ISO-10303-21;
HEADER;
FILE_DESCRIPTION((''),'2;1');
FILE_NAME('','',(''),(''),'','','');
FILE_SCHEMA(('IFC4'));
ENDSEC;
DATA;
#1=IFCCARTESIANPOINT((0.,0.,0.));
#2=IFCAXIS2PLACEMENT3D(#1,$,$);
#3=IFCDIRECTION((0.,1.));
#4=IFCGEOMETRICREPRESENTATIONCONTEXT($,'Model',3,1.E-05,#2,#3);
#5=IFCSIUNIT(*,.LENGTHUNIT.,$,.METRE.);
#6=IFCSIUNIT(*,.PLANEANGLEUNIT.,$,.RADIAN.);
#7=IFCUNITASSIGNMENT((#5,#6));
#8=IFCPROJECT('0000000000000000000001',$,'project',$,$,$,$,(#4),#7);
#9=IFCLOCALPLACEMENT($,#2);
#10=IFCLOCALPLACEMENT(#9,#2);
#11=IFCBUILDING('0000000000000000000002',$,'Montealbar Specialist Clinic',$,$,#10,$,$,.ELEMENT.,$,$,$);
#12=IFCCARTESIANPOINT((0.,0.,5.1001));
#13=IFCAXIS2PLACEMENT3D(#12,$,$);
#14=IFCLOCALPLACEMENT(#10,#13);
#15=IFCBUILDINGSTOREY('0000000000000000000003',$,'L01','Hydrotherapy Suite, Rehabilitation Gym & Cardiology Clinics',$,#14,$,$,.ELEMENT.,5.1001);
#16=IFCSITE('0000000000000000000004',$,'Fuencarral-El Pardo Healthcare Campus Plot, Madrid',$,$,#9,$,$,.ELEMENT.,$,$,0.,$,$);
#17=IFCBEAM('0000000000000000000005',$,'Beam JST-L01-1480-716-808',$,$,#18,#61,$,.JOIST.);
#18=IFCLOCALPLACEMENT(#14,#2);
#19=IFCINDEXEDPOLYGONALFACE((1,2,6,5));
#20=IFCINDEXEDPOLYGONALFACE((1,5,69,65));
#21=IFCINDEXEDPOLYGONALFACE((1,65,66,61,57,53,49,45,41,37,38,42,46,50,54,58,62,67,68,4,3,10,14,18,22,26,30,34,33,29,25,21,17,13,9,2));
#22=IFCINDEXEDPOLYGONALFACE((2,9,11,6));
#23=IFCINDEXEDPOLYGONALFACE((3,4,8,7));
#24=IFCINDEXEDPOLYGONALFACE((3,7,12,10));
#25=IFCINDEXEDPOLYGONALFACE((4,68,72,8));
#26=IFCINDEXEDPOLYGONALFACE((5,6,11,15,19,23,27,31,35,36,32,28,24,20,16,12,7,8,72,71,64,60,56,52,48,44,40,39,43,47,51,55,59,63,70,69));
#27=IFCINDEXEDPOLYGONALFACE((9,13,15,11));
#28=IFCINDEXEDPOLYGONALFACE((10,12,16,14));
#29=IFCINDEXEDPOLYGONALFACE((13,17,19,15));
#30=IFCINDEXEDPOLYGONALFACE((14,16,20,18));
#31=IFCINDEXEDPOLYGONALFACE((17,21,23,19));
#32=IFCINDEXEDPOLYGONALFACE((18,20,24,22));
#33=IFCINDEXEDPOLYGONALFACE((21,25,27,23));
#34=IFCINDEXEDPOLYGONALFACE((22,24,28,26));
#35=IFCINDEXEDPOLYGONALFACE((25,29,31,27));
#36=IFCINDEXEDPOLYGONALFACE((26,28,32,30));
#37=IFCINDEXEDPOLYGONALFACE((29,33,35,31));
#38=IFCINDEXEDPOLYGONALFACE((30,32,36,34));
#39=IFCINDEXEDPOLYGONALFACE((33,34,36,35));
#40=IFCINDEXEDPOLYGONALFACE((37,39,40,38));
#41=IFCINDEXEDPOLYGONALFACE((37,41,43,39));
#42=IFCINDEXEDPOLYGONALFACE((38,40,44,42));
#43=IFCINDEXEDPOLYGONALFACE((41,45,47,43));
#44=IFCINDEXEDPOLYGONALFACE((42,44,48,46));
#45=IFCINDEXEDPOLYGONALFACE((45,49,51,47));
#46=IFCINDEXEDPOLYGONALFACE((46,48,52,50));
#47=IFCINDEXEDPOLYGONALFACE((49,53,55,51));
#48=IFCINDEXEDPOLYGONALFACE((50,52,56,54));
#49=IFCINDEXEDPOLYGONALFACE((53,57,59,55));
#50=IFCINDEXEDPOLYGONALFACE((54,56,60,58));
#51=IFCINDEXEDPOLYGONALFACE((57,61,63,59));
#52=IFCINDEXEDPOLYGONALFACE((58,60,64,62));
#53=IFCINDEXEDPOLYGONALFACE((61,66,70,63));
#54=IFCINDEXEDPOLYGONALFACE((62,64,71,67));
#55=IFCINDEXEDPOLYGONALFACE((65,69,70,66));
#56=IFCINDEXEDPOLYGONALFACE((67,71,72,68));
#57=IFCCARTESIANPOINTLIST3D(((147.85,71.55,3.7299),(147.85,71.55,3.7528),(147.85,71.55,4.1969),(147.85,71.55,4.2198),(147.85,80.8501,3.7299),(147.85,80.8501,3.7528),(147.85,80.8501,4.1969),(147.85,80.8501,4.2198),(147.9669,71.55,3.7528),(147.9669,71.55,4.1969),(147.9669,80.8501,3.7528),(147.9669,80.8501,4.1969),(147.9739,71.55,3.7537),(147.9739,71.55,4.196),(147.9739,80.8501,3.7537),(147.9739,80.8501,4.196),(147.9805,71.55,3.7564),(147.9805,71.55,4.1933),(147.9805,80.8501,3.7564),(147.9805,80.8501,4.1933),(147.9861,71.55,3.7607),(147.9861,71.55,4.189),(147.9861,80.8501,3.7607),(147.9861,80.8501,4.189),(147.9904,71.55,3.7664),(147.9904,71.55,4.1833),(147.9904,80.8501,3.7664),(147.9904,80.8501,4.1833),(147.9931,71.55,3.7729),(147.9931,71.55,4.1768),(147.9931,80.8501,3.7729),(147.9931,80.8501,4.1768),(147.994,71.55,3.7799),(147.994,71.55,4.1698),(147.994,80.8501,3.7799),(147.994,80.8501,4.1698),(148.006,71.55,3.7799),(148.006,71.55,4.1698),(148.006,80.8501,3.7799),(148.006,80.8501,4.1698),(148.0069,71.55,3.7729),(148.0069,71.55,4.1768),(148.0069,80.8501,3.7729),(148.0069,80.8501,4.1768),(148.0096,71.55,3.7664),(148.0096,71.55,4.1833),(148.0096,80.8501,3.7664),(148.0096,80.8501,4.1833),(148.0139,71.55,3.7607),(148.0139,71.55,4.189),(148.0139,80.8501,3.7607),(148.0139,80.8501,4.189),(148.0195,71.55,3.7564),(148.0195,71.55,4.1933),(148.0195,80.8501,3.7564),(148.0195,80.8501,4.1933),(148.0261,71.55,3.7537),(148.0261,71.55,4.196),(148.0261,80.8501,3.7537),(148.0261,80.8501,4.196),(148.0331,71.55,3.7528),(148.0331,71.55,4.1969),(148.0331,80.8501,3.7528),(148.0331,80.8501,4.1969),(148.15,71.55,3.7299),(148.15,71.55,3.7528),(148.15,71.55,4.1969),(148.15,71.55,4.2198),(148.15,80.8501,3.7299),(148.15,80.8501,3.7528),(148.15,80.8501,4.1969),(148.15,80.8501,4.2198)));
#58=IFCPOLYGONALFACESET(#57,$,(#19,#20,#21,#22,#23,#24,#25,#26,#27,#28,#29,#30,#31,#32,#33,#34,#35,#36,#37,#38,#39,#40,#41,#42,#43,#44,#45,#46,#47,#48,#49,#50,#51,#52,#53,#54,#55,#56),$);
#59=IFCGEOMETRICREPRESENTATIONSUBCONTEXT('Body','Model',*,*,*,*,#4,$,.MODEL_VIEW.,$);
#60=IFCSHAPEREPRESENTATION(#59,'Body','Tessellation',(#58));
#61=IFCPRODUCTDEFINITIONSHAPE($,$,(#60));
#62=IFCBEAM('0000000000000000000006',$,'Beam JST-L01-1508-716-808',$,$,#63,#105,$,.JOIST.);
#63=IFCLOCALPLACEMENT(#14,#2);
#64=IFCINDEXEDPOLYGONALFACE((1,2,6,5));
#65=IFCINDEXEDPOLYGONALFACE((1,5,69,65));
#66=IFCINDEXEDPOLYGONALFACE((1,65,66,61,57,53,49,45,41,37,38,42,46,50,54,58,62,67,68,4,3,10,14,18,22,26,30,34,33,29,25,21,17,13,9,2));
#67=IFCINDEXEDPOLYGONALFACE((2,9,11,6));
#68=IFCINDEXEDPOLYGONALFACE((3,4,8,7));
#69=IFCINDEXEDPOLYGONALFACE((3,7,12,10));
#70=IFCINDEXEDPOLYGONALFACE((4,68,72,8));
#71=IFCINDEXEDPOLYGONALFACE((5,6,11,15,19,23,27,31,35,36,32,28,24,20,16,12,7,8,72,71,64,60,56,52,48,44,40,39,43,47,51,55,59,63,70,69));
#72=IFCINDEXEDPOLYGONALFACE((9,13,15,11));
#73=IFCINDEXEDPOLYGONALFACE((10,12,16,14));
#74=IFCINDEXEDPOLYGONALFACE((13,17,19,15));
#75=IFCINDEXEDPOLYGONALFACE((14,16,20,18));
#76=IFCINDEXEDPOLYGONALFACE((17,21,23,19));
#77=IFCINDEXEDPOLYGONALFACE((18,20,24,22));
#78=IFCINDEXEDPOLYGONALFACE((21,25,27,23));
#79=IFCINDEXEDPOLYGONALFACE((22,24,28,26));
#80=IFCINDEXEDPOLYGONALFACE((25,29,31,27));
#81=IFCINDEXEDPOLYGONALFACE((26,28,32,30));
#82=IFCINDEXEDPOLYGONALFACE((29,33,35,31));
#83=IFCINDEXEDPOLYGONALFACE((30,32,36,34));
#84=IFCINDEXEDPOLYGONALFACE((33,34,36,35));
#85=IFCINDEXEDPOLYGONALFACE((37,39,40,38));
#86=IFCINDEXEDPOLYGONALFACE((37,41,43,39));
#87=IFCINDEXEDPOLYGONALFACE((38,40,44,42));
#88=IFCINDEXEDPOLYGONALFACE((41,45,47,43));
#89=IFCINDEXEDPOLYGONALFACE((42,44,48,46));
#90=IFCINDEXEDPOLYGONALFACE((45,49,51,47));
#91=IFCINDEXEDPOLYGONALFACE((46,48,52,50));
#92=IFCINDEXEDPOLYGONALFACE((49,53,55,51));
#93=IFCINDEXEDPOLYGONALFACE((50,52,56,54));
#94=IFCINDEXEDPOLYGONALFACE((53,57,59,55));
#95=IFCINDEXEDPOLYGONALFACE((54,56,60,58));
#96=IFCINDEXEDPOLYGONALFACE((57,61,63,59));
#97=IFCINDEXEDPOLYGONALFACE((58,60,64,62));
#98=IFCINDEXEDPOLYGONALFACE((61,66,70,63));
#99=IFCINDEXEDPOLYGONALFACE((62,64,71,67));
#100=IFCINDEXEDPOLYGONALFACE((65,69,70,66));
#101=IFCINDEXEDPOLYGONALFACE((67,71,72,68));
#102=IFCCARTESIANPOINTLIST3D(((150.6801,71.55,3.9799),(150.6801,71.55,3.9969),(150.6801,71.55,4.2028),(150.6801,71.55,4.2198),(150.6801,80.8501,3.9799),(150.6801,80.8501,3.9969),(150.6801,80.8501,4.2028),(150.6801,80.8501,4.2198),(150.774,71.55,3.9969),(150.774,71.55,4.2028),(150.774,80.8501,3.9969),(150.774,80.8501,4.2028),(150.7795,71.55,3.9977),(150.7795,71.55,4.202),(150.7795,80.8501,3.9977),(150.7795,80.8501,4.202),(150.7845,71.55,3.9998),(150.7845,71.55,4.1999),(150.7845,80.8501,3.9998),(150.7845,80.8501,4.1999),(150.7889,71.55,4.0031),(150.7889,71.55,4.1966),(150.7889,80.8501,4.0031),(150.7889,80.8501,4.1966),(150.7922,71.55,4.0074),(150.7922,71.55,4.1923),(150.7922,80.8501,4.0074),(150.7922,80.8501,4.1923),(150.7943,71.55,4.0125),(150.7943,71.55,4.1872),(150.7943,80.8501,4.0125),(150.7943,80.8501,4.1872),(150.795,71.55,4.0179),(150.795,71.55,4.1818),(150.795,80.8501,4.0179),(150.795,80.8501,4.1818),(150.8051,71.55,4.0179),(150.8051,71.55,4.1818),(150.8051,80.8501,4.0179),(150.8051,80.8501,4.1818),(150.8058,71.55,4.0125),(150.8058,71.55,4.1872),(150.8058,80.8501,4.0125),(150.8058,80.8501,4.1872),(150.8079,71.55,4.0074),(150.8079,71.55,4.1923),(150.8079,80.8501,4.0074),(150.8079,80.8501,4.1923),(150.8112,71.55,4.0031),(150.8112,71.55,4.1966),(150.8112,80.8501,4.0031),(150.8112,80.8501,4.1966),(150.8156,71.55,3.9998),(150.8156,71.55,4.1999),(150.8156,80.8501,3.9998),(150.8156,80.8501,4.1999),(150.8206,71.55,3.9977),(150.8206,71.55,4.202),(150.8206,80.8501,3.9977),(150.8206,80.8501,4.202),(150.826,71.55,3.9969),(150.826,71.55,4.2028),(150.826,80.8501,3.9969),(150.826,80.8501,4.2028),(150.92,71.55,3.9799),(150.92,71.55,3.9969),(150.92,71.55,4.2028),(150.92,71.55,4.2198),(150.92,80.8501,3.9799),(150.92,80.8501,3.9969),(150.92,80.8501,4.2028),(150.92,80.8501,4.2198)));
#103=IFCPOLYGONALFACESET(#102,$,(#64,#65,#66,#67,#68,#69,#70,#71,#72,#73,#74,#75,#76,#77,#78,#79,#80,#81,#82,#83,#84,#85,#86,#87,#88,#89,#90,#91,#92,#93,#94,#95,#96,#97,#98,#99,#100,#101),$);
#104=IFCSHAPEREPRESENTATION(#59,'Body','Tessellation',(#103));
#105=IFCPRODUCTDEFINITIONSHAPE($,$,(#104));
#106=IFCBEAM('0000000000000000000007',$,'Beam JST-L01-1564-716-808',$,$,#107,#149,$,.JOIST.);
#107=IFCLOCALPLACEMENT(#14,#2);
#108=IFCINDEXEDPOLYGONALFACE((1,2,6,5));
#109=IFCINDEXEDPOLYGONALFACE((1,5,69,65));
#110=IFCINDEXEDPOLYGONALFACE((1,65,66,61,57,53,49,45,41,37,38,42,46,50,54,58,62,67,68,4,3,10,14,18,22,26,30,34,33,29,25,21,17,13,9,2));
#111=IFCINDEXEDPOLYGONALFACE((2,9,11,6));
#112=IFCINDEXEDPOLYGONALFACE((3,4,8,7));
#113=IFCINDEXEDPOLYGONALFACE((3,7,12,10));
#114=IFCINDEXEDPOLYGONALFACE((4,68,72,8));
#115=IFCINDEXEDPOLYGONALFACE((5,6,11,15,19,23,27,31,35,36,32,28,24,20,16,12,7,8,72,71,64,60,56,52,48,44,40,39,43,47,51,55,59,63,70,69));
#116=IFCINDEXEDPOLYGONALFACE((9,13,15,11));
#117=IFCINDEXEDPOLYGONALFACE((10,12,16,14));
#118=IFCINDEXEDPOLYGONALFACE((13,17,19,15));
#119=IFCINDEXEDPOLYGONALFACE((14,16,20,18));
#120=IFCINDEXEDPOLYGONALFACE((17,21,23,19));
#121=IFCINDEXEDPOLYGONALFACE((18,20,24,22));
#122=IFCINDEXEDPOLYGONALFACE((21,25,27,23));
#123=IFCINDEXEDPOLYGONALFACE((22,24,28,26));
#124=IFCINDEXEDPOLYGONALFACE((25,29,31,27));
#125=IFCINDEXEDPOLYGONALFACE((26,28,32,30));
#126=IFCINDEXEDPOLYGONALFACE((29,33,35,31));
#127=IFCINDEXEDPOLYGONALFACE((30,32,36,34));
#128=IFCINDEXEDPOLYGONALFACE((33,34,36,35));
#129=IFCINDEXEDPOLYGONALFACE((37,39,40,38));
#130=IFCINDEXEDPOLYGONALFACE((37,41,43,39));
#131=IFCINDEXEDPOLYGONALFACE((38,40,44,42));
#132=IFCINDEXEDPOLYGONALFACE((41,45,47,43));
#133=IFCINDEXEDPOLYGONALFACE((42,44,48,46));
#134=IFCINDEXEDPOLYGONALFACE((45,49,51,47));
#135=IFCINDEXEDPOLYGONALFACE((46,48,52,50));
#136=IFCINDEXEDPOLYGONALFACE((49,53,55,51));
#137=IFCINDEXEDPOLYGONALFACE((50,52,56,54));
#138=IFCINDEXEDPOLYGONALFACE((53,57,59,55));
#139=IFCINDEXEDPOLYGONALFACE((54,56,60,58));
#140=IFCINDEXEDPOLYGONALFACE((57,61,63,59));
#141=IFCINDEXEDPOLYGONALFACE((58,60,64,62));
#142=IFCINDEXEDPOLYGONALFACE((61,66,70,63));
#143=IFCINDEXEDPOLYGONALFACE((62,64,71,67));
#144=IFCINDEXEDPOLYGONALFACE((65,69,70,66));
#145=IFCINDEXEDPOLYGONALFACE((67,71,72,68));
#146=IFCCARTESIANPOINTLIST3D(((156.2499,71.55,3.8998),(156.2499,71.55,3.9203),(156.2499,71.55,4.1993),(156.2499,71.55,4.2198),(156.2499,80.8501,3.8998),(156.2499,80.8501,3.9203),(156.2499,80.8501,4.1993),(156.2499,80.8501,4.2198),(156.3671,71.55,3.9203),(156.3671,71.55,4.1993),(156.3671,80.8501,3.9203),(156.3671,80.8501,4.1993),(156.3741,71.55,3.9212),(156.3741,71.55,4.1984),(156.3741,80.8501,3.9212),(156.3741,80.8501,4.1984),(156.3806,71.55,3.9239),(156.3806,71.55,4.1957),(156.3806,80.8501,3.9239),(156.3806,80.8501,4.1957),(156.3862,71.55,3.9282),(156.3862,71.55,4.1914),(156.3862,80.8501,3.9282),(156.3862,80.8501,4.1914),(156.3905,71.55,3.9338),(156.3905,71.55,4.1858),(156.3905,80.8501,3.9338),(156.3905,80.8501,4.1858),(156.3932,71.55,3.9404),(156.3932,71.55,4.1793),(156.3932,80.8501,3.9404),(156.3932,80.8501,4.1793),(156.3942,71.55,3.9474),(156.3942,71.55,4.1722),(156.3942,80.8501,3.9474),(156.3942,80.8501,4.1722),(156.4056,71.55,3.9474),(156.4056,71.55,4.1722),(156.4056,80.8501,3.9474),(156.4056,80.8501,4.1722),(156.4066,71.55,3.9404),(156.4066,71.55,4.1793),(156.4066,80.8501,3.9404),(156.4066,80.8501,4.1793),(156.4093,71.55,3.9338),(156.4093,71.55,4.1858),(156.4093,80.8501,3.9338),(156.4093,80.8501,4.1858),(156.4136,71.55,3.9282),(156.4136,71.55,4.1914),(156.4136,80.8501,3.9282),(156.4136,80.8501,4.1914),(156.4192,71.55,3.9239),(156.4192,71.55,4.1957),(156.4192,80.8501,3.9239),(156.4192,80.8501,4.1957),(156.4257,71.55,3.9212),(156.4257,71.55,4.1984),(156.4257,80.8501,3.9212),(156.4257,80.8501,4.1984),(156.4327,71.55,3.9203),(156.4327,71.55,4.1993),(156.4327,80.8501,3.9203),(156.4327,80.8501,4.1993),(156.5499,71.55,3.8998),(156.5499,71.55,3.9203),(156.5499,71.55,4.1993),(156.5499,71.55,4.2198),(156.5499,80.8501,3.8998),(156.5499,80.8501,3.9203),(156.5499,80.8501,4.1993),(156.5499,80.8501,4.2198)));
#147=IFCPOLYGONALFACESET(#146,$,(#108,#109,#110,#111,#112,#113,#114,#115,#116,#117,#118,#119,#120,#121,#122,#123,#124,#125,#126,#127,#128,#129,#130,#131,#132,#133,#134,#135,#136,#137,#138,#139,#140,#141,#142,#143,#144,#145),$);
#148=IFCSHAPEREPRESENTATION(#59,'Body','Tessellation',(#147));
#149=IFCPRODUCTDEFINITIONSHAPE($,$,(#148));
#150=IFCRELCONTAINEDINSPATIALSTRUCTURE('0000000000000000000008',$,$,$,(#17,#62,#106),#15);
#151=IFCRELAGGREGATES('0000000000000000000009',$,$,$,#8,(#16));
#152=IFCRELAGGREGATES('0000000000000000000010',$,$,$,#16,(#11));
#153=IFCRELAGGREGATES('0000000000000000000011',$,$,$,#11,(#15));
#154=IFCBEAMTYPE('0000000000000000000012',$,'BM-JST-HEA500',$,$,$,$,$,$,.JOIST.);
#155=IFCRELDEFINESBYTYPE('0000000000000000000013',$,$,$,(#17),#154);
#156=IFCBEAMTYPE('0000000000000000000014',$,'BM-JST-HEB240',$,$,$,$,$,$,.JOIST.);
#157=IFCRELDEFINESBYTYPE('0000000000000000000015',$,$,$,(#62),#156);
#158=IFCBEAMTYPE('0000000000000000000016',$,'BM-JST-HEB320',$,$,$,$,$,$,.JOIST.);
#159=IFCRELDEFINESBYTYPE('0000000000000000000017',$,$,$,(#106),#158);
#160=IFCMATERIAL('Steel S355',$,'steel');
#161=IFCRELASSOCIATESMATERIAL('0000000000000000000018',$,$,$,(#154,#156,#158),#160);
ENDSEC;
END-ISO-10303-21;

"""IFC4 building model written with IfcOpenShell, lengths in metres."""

from ifc_helpers import new_model, si_unit, direction, frame, origin, origin_2d, place, context, subcontext, project, spatial, i_section, extrude, material, material_profile, profile_set, type_object, element, save


model = new_model("IFC4")

# Units and contexts
model_context = context("Model", 3, precision=1e-05, world=origin(), true_north=direction((0.0, 1.0)))
body_context = subcontext(model_context, "Body", "Model", "MODEL_VIEW")
ifc_project = project(units=[si_unit("LENGTHUNIT", "METRE"), si_unit("PLANEANGLEUNIT", "RADIAN")], contexts=[model_context])

# Site, building, storey
site_placement = place(None, origin())
site = spatial("IfcSite", under=ifc_project, at=site_placement, Name="Fuencarral-El Pardo Healthcare Campus Plot, Madrid", CompositionType="ELEMENT", RefElevation=0.0)
building_placement = place(site_placement, origin())
building = spatial("IfcBuilding", under=site, at=building_placement, Name="Montealbar Specialist Clinic", CompositionType="ELEMENT")
storey_placement = place(building_placement, frame((0.0, 0.0, 5.1001)))
storey = spatial("IfcBuildingStorey", under=building, at=storey_placement, Name="L01", Description="Hydrotherapy Suite, Rehabilitation Gym & Cardiology Clinics", CompositionType="ELEMENT", Elevation=5.1001)

# Shared definitions
ifc_material_1 = material(Name="Steel S355", Category="steel")

# Beams
ifc_material_profile_1 = material_profile(ifc_material_1, i_section(OverallWidth=0.3, OverallDepth=0.49, WebThickness=0.012, FlangeThickness=0.0229, FilletRadius=0.0271, at=origin_2d()), Name="HEA 500", Category="steel")
ifc_profile_set_1 = profile_set([ifc_material_profile_1], Name="Steel S355")
beam_type_1 = type_object("IfcBeamType", Name="BM-JST-HEA500", PredefinedType="JOIST", material=ifc_profile_set_1)
beam_1_placement = place(storey_placement, frame((148.0, 71.55, 3.9749), z_axis=(0.0, 1.0, 0.0), x_axis=(-1.0, 0.0, 0.0)))
element("IfcBeam", 1, at=beam_1_placement, inside=storey, type_object=beam_type_1, Name="Beam JST-L01-1480-716-808", PredefinedType="JOIST", context=body_context, shape_type="SweptSolid", body=[
    extrude(i_section(OverallWidth=0.3, OverallDepth=0.49, WebThickness=0.012, FlangeThickness=0.0229, FilletRadius=0.0271, at=origin_2d()), origin(), (0.0, 0.0, 1.0), 9.3),
])
ifc_material_profile_2 = material_profile(ifc_material_1, i_section(OverallWidth=0.24, OverallDepth=0.24, WebThickness=0.01, FlangeThickness=0.0171, FilletRadius=0.021, at=origin_2d()), Name="HEB 240", Category="steel")
ifc_profile_set_2 = profile_set([ifc_material_profile_2], Name="Steel S355")
beam_type_2 = type_object("IfcBeamType", Name="BM-JST-HEB240", PredefinedType="JOIST", material=ifc_profile_set_2)
beam_2_placement = place(storey_placement, frame((150.8, 71.55, 4.0999), z_axis=(0.0, 1.0, 0.0), x_axis=(-1.0, 0.0, 0.0)))
element("IfcBeam", 2, at=beam_2_placement, inside=storey, type_object=beam_type_2, Name="Beam JST-L01-1508-716-808", PredefinedType="JOIST", context=body_context, shape_type="SweptSolid", body=[
    extrude(i_section(OverallWidth=0.24, OverallDepth=0.24, WebThickness=0.01, FlangeThickness=0.0171, FilletRadius=0.021, at=origin_2d()), origin(), (0.0, 0.0, 1.0), 9.3),
])
ifc_material_profile_3 = material_profile(ifc_material_1, i_section(OverallWidth=0.3, OverallDepth=0.3201, WebThickness=0.0115, FlangeThickness=0.0205, FilletRadius=0.0271, at=origin_2d()), Name="HEB 320", Category="steel")
ifc_profile_set_3 = profile_set([ifc_material_profile_3], Name="Steel S355")
beam_type_3 = type_object("IfcBeamType", Name="BM-JST-HEB320", PredefinedType="JOIST", material=ifc_profile_set_3)
beam_3_placement = place(storey_placement, frame((156.3999, 71.55, 4.0598), z_axis=(0.0, 1.0, 0.0), x_axis=(-1.0, 0.0, 0.0)))
element("IfcBeam", 3, at=beam_3_placement, inside=storey, type_object=beam_type_3, Name="Beam JST-L01-1564-716-808", PredefinedType="JOIST", context=body_context, shape_type="SweptSolid", body=[
    extrude(i_section(OverallWidth=0.3, OverallDepth=0.3201, WebThickness=0.0115, FlangeThickness=0.0205, FilletRadius=0.0271, at=origin_2d()), origin(), (0.0, 0.0, 1.0), 9.3),
])

save(model, "model.ifc")
